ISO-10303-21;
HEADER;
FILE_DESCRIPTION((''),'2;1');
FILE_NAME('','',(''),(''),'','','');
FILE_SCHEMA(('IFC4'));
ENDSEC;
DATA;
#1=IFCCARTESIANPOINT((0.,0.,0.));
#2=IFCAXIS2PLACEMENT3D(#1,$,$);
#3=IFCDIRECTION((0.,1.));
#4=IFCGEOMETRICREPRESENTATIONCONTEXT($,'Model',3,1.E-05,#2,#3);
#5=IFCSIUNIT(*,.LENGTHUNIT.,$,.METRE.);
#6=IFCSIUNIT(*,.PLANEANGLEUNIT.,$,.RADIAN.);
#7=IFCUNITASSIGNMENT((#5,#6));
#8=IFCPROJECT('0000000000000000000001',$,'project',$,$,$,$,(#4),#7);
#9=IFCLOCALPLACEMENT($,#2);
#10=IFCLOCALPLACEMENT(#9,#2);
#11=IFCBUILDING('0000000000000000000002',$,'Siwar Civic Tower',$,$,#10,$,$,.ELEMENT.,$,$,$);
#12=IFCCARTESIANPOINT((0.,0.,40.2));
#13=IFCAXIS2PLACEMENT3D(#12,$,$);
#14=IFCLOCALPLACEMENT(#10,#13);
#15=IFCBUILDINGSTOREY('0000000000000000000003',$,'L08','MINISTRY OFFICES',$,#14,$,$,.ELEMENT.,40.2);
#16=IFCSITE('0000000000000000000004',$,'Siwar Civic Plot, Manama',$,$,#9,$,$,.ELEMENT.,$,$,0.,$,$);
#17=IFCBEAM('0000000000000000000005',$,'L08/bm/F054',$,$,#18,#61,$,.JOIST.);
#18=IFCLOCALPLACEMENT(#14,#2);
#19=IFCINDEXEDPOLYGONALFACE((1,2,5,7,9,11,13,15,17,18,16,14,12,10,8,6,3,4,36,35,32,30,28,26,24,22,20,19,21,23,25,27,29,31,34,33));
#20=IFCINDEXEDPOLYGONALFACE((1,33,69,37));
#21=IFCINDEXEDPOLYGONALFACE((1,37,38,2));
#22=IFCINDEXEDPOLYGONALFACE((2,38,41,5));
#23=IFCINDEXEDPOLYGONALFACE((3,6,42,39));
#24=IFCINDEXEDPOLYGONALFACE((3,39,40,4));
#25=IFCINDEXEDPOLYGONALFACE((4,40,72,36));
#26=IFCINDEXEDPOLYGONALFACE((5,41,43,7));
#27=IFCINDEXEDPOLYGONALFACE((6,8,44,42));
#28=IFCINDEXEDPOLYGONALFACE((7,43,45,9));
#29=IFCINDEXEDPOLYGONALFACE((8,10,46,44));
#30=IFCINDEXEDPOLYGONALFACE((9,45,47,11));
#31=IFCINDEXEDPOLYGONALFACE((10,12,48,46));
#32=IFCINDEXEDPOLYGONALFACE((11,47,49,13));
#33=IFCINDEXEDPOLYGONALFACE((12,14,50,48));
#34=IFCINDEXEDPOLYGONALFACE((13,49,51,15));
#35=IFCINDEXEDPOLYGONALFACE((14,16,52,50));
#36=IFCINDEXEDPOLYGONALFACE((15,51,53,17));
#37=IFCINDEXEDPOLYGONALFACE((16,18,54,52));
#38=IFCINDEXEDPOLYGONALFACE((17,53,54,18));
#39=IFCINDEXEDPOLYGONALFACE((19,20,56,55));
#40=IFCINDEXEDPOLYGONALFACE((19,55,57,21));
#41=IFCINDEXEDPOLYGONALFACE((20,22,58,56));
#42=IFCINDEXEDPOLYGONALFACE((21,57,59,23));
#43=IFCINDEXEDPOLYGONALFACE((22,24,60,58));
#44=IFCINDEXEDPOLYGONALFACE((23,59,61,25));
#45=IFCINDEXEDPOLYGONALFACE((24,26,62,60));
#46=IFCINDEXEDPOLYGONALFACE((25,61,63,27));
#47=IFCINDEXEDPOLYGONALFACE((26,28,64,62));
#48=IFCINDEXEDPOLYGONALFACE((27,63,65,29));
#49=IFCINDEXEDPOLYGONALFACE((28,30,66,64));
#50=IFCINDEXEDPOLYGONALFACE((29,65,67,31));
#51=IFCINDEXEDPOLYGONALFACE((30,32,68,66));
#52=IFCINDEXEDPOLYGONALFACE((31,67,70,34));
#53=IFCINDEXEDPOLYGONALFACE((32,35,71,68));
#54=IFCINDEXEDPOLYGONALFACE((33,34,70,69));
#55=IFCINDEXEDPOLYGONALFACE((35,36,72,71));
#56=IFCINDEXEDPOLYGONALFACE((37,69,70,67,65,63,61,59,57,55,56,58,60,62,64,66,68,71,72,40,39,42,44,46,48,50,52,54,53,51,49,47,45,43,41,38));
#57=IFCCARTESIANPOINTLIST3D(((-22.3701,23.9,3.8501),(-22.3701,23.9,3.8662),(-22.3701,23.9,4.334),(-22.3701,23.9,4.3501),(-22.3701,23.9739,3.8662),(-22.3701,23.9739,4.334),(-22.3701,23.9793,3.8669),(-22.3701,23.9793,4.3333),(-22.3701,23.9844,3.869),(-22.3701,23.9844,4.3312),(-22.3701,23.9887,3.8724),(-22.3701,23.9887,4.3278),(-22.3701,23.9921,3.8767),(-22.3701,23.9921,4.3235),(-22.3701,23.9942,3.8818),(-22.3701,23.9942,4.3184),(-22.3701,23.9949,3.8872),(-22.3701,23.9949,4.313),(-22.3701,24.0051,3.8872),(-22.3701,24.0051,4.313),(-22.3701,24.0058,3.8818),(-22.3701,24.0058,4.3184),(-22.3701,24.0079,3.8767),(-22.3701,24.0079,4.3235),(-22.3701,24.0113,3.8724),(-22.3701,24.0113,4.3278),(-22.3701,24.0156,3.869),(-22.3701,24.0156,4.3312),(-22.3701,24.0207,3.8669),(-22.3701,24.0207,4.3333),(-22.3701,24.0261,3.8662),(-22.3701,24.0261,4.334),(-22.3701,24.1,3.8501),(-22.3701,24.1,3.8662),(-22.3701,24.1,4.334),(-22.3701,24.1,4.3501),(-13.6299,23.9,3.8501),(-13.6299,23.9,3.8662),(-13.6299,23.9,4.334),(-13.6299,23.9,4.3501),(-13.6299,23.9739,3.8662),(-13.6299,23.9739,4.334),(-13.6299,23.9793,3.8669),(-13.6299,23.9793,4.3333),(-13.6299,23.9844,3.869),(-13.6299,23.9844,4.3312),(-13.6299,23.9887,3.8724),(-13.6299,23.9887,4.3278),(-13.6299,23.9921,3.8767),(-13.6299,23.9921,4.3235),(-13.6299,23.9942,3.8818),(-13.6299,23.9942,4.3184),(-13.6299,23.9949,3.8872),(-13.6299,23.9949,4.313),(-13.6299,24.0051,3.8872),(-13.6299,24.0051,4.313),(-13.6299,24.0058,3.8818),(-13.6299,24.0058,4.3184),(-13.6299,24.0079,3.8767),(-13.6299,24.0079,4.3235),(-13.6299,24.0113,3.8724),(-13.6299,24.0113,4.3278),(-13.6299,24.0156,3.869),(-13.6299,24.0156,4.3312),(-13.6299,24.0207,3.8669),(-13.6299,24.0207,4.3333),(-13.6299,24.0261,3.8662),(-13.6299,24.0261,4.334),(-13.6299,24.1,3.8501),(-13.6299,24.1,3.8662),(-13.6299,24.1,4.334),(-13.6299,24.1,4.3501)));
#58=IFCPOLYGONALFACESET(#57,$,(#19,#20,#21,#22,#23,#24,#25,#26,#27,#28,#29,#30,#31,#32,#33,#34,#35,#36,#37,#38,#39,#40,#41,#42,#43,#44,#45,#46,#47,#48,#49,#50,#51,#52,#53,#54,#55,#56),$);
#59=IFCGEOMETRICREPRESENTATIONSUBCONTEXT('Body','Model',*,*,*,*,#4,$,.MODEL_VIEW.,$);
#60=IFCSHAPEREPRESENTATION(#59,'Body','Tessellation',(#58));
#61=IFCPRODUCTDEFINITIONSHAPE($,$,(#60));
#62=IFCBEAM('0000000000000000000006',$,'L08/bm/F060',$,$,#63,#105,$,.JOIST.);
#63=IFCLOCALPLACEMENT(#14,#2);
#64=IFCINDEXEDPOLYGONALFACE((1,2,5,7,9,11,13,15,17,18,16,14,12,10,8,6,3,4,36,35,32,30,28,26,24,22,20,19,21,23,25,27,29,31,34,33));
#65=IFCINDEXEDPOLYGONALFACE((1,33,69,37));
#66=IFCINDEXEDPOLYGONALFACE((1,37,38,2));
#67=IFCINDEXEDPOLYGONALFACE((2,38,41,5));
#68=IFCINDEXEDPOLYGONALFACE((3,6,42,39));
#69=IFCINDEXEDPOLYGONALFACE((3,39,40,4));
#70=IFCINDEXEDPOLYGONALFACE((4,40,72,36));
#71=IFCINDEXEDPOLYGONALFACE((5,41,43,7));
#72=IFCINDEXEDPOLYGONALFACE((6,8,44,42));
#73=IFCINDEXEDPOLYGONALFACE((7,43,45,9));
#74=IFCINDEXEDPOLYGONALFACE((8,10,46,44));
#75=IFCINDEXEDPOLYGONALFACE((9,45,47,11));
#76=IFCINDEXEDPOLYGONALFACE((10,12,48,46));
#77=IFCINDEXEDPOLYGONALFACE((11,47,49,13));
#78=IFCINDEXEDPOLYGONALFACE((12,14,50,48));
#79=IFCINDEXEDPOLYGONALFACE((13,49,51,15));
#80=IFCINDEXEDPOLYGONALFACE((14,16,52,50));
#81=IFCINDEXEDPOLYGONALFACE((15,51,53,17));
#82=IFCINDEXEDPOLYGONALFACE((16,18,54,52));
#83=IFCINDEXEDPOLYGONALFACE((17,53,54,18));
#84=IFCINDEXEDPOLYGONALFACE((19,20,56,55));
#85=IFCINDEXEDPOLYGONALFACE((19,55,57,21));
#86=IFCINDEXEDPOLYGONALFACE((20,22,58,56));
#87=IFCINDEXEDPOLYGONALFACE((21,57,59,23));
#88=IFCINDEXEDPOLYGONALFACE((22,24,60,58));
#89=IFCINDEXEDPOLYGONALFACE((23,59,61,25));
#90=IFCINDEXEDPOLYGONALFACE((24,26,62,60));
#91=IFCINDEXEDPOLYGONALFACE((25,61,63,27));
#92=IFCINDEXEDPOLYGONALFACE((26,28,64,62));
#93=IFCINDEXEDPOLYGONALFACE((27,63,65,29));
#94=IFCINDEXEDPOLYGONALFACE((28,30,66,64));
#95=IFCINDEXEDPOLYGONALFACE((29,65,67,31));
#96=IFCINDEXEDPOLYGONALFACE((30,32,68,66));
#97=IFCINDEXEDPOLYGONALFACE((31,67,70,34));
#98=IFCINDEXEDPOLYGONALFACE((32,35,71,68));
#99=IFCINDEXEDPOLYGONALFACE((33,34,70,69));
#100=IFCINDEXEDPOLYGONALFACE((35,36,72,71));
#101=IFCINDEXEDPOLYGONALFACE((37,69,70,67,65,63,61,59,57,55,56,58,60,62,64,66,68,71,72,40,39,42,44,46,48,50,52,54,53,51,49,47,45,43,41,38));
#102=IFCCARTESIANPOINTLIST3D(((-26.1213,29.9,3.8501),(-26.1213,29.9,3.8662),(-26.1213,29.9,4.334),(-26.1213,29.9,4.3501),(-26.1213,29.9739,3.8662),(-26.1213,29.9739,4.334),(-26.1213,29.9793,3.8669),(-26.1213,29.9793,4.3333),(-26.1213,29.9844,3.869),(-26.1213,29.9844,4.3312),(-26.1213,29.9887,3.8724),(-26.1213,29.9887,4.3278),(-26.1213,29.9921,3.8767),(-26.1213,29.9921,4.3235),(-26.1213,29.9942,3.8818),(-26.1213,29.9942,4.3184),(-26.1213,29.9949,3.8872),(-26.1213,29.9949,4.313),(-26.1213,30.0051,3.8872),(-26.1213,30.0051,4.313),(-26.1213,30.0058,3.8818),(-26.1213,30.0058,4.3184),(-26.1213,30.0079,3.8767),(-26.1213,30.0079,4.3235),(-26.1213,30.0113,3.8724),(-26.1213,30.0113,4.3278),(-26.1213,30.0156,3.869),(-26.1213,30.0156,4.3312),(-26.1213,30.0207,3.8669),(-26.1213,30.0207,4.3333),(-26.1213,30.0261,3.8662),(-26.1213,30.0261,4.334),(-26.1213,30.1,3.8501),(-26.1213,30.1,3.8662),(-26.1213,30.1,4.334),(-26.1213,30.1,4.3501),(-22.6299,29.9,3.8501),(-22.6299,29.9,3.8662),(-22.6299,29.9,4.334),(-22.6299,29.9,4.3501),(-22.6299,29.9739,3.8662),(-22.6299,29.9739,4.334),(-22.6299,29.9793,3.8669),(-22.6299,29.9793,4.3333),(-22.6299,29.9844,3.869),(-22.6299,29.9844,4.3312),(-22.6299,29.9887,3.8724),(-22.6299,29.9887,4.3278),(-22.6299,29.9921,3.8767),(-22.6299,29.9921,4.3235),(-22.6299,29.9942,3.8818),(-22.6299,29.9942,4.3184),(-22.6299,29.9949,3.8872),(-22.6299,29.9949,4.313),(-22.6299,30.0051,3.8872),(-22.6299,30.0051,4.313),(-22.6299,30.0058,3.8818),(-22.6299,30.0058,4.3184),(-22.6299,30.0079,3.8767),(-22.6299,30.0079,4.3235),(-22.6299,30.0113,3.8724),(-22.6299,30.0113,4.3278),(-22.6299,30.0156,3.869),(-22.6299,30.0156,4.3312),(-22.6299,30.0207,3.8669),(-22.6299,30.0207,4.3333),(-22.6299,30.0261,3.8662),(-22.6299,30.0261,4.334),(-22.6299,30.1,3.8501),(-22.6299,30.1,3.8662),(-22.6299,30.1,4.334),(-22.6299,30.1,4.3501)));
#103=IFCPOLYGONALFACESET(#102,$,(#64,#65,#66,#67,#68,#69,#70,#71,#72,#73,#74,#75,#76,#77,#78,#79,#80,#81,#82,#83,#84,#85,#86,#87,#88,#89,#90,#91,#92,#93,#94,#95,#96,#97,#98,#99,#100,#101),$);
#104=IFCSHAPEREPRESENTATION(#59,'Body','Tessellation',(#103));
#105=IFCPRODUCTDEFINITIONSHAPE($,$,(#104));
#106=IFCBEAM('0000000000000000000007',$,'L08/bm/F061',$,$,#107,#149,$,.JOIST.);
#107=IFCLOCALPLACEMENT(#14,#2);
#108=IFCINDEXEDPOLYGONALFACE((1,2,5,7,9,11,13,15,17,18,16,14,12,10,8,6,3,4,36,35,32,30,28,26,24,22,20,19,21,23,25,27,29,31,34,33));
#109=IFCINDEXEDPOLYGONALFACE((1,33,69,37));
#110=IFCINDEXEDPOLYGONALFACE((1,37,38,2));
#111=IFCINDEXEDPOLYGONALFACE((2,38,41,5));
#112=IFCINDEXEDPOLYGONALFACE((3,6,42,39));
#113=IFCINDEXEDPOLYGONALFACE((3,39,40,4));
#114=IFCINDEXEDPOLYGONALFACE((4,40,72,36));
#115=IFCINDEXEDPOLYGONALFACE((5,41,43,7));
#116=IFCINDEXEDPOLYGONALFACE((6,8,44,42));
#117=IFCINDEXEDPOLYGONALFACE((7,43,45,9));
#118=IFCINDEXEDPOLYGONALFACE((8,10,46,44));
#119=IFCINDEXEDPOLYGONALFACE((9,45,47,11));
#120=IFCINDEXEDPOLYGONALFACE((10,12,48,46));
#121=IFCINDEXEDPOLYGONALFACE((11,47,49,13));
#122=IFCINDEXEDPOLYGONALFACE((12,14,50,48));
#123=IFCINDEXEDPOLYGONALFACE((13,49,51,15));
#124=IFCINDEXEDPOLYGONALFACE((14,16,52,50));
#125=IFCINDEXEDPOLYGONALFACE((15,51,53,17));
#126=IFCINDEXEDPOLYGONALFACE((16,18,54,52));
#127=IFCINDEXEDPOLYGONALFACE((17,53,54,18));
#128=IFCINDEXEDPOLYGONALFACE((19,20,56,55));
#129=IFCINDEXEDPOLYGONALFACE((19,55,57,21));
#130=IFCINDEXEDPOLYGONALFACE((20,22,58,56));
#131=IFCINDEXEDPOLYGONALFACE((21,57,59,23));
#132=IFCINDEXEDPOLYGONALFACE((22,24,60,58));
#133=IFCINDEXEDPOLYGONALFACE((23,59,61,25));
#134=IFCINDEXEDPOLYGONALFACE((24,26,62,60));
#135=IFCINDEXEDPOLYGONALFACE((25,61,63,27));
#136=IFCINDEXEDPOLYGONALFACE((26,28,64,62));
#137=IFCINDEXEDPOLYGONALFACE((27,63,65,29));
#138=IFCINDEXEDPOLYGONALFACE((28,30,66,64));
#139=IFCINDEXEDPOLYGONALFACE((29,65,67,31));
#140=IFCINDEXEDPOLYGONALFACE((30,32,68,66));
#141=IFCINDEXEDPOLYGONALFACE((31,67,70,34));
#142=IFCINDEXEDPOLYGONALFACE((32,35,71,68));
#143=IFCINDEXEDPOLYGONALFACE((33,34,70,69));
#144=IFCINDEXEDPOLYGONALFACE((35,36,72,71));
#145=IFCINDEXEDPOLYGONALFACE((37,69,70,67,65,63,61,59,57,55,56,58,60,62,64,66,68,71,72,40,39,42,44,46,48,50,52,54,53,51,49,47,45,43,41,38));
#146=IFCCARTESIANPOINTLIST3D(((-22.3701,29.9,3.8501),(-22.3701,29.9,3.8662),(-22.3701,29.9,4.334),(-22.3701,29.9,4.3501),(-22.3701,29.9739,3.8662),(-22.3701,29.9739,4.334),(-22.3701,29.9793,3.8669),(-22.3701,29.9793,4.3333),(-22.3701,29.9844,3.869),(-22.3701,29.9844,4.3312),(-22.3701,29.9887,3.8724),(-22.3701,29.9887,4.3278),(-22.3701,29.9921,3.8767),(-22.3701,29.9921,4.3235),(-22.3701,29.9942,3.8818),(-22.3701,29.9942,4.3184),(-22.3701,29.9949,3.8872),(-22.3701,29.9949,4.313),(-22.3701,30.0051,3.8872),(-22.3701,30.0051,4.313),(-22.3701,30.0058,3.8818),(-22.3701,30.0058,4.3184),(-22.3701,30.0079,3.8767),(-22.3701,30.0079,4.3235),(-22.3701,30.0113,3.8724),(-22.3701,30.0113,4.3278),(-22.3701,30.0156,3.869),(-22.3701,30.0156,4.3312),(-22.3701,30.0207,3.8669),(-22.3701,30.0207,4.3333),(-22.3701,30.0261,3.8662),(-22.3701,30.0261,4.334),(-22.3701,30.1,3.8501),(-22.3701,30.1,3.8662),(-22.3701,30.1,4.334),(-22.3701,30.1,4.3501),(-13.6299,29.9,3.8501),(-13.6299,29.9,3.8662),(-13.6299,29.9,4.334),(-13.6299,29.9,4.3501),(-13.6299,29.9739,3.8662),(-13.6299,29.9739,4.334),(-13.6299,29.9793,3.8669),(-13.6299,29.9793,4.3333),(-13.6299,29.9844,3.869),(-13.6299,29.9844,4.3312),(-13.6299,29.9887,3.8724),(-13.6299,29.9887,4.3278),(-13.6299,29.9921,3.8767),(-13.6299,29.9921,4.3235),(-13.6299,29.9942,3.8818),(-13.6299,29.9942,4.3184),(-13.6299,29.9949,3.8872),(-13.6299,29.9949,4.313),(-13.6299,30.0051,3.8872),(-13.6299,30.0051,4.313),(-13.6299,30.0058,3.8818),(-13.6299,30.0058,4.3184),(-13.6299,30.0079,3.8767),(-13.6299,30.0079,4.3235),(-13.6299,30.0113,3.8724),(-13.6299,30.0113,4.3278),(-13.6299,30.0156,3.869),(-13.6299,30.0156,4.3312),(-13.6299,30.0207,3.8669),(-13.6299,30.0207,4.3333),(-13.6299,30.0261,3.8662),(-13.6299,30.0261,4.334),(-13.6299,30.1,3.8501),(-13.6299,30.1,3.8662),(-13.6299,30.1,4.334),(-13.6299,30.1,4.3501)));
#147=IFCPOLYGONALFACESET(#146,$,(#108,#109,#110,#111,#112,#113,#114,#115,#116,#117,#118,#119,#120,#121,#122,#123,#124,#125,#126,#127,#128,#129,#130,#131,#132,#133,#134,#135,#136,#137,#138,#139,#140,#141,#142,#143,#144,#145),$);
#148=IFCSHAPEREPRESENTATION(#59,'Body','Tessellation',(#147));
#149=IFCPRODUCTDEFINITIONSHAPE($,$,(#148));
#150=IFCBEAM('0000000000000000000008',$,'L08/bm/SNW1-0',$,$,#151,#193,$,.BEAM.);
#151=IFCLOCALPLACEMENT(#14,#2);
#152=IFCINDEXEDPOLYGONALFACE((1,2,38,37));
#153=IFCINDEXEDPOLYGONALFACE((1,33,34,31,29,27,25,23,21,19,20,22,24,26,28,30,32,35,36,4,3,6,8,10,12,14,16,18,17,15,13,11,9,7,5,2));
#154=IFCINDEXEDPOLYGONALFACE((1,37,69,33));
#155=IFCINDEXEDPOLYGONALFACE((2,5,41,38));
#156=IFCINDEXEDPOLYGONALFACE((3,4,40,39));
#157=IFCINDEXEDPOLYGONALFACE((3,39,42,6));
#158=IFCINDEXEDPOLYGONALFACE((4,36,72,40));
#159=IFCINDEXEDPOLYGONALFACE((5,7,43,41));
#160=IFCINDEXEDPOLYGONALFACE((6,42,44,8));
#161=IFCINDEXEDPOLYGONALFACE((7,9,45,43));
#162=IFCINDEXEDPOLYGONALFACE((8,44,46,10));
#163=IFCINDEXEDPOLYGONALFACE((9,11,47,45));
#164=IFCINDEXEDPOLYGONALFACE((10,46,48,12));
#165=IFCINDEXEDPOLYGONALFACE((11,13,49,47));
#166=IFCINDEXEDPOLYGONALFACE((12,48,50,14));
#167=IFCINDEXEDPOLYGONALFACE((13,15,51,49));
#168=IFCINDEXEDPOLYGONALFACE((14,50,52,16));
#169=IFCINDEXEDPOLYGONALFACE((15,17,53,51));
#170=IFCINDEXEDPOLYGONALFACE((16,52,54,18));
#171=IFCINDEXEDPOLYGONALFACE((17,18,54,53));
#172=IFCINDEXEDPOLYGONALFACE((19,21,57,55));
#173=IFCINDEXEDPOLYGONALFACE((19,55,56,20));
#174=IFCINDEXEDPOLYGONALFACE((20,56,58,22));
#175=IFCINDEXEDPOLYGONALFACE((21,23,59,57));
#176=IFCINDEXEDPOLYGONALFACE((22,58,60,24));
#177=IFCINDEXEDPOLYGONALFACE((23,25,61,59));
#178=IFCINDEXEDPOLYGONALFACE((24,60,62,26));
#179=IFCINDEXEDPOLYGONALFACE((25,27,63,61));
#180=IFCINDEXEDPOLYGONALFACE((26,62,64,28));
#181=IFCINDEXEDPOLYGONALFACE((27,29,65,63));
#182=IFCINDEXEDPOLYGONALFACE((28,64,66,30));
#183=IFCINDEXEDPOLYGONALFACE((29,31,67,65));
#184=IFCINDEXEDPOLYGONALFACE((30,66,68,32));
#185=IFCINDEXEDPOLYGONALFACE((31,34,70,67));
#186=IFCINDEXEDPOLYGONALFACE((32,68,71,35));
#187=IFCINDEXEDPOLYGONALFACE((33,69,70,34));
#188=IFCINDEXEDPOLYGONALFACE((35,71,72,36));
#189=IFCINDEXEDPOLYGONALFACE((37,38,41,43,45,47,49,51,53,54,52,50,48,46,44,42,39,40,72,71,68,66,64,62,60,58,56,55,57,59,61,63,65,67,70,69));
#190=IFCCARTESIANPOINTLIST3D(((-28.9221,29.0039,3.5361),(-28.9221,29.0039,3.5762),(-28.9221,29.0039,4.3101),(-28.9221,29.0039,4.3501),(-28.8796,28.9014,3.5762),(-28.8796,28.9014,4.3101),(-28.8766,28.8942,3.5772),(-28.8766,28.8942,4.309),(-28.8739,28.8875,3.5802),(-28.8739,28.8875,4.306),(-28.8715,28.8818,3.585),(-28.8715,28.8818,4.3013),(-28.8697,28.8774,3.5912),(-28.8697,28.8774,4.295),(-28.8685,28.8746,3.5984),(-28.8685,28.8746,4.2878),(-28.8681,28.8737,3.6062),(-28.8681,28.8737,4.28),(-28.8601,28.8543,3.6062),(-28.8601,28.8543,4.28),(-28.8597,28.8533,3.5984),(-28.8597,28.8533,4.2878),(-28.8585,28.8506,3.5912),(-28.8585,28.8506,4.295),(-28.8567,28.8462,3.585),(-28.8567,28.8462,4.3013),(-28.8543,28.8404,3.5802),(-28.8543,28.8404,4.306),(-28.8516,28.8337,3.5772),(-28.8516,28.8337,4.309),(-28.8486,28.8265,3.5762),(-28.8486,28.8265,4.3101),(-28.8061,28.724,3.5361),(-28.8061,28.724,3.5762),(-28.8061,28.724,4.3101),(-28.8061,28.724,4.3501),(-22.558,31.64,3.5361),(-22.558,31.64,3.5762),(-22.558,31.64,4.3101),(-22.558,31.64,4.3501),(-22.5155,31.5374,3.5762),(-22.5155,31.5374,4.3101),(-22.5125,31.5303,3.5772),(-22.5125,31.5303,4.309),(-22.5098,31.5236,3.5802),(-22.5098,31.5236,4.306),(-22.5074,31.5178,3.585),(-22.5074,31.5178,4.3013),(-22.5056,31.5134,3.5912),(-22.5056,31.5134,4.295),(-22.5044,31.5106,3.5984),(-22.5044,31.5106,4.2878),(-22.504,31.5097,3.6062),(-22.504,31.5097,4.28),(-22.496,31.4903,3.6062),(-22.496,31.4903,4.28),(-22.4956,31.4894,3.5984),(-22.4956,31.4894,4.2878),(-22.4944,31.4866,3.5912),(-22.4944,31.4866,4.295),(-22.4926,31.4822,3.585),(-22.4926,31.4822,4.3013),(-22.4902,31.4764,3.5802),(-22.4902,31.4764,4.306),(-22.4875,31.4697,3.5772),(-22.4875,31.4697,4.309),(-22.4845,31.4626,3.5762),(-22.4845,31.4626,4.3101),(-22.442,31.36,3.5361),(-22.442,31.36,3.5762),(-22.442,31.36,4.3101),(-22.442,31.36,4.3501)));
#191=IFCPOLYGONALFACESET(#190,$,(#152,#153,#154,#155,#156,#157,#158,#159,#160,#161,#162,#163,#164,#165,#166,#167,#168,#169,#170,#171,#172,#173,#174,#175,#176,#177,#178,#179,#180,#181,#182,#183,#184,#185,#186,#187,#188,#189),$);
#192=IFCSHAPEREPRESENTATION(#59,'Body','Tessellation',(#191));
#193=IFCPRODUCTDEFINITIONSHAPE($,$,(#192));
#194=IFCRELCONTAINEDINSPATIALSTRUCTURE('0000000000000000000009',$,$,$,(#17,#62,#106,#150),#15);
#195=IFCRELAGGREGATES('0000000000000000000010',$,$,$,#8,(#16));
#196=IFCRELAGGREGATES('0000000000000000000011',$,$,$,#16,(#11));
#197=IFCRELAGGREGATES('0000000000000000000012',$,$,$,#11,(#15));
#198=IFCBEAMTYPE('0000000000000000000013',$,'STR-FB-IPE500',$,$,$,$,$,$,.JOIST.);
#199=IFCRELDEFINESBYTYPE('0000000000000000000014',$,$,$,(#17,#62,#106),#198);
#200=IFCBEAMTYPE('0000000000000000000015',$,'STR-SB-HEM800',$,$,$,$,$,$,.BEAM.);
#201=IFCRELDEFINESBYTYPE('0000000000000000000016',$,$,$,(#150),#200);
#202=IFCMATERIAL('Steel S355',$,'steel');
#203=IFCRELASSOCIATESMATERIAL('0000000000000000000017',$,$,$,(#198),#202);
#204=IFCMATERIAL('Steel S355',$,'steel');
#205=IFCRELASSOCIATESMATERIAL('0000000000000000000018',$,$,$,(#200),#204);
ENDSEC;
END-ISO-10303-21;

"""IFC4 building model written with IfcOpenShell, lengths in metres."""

from ifc_helpers import new_model, si_unit, direction, frame, origin, origin_2d, place, context, subcontext, project, spatial, i_section, extrude, material, material_profile, profile_set, type_object, element, save


model = new_model("IFC4")

# Units and contexts
model_context = context("Model", 3, precision=1e-05, world=origin(), true_north=direction((0.0, 1.0)))
body_context = subcontext(model_context, "Body", "Model", "MODEL_VIEW")
ifc_project = project(units=[si_unit("LENGTHUNIT", "METRE"), si_unit("PLANEANGLEUNIT", "RADIAN")], contexts=[model_context])

# Site, building, storey
site_placement = place(None, origin())
site = spatial("IfcSite", under=ifc_project, at=site_placement, Name="Siwar Civic Plot, Manama", CompositionType="ELEMENT", RefElevation=0.0)
building_placement = place(site_placement, origin())
building = spatial("IfcBuilding", under=site, at=building_placement, Name="Siwar Civic Tower", CompositionType="ELEMENT")
storey_placement = place(building_placement, frame((0.0, 0.0, 40.2)))
storey = spatial("IfcBuildingStorey", under=building, at=storey_placement, Name="L08", Description="MINISTRY OFFICES", CompositionType="ELEMENT", Elevation=40.2)

# Beams
ifc_material_1 = material(Name="Steel S355", Category="steel")
ifc_material_profile_1 = material_profile(ifc_material_1, i_section(OverallWidth=0.2, OverallDepth=0.5, WebThickness=0.0103, FlangeThickness=0.0161, FilletRadius=0.021, at=origin_2d()), Name="IPE500")
ifc_profile_set_1 = profile_set([ifc_material_profile_1], Name="Steel S355")
beam_type_1 = type_object("IfcBeamType", Name="STR-FB-IPE500", PredefinedType="JOIST", material=ifc_profile_set_1)
beam_1_placement = place(storey_placement, frame((-22.3701, 24.0, 4.1001), z_axis=(1.0, 0.0, 0.0), x_axis=(0.0, 1.0, 0.0)))
element("IfcBeam", 1, at=beam_1_placement, inside=storey, type_object=beam_type_1, Name="L08/bm/F054", PredefinedType="JOIST", context=body_context, shape_type="SweptSolid", body=[
    extrude(i_section(OverallWidth=0.2, OverallDepth=0.5, WebThickness=0.0103, FlangeThickness=0.0161, FilletRadius=0.021, at=origin_2d()), origin(), (0.0, 0.0, 1.0), 8.7402),
])
beam_2_placement = place(storey_placement, frame((-26.1213, 30.0, 4.1001), z_axis=(1.0, 0.0, 0.0), x_axis=(0.0, 1.0, 0.0)))
element("IfcBeam", 2, at=beam_2_placement, inside=storey, type_object=beam_type_1, Name="L08/bm/F060", PredefinedType="JOIST", context=body_context, shape_type="SweptSolid", body=[
    extrude(i_section(OverallWidth=0.2, OverallDepth=0.5, WebThickness=0.0103, FlangeThickness=0.0161, FilletRadius=0.021, at=origin_2d()), origin(), (0.0, 0.0, 1.0), 3.4915),
])
beam_3_placement = place(storey_placement, frame((-22.3701, 30.0, 4.1001), z_axis=(1.0, 0.0, 0.0), x_axis=(0.0, 1.0, 0.0)))
element("IfcBeam", 3, at=beam_3_placement, inside=storey, type_object=beam_type_1, Name="L08/bm/F061", PredefinedType="JOIST", context=body_context, shape_type="SweptSolid", body=[
    extrude(i_section(OverallWidth=0.2, OverallDepth=0.5, WebThickness=0.0103, FlangeThickness=0.0161, FilletRadius=0.021, at=origin_2d()), origin(), (0.0, 0.0, 1.0), 8.7402),
])
ifc_material_2 = material(Name="Steel S355", Category="steel")
ifc_material_profile_2 = material_profile(ifc_material_2, i_section(OverallWidth=0.303, OverallDepth=0.814, WebThickness=0.021, FlangeThickness=0.04, FilletRadius=0.03, at=origin_2d()), Name="HEM800")
ifc_profile_set_2 = profile_set([ifc_material_profile_2], Name="Steel S355")
beam_type_2 = type_object("IfcBeamType", Name="STR-SB-HEM800", PredefinedType="BEAM", material=ifc_profile_set_2)
for number, where, z_axis, x_axis, name in (
    (4, (-22.5, 31.5, 3.9431), (-0.923883, -0.382674, 0.0), (0.382674, -0.923883, 0.0), "L08/bm/SNW1-0"),
):
    element("IfcBeam", number, at=place(storey_placement, frame(where, z_axis=z_axis, x_axis=x_axis)), inside=storey, type_object=beam_type_2, Name=name, PredefinedType="BEAM", context=body_context, shape_type="SweptSolid", body=[
        extrude(i_section(OverallWidth=0.303, OverallDepth=0.814, WebThickness=0.021, FlangeThickness=0.04, FilletRadius=0.03, at=origin_2d()), origin(), (0.0, 0.0, 1.0), 6.8884),
    ])

save(model, "model.ifc")
